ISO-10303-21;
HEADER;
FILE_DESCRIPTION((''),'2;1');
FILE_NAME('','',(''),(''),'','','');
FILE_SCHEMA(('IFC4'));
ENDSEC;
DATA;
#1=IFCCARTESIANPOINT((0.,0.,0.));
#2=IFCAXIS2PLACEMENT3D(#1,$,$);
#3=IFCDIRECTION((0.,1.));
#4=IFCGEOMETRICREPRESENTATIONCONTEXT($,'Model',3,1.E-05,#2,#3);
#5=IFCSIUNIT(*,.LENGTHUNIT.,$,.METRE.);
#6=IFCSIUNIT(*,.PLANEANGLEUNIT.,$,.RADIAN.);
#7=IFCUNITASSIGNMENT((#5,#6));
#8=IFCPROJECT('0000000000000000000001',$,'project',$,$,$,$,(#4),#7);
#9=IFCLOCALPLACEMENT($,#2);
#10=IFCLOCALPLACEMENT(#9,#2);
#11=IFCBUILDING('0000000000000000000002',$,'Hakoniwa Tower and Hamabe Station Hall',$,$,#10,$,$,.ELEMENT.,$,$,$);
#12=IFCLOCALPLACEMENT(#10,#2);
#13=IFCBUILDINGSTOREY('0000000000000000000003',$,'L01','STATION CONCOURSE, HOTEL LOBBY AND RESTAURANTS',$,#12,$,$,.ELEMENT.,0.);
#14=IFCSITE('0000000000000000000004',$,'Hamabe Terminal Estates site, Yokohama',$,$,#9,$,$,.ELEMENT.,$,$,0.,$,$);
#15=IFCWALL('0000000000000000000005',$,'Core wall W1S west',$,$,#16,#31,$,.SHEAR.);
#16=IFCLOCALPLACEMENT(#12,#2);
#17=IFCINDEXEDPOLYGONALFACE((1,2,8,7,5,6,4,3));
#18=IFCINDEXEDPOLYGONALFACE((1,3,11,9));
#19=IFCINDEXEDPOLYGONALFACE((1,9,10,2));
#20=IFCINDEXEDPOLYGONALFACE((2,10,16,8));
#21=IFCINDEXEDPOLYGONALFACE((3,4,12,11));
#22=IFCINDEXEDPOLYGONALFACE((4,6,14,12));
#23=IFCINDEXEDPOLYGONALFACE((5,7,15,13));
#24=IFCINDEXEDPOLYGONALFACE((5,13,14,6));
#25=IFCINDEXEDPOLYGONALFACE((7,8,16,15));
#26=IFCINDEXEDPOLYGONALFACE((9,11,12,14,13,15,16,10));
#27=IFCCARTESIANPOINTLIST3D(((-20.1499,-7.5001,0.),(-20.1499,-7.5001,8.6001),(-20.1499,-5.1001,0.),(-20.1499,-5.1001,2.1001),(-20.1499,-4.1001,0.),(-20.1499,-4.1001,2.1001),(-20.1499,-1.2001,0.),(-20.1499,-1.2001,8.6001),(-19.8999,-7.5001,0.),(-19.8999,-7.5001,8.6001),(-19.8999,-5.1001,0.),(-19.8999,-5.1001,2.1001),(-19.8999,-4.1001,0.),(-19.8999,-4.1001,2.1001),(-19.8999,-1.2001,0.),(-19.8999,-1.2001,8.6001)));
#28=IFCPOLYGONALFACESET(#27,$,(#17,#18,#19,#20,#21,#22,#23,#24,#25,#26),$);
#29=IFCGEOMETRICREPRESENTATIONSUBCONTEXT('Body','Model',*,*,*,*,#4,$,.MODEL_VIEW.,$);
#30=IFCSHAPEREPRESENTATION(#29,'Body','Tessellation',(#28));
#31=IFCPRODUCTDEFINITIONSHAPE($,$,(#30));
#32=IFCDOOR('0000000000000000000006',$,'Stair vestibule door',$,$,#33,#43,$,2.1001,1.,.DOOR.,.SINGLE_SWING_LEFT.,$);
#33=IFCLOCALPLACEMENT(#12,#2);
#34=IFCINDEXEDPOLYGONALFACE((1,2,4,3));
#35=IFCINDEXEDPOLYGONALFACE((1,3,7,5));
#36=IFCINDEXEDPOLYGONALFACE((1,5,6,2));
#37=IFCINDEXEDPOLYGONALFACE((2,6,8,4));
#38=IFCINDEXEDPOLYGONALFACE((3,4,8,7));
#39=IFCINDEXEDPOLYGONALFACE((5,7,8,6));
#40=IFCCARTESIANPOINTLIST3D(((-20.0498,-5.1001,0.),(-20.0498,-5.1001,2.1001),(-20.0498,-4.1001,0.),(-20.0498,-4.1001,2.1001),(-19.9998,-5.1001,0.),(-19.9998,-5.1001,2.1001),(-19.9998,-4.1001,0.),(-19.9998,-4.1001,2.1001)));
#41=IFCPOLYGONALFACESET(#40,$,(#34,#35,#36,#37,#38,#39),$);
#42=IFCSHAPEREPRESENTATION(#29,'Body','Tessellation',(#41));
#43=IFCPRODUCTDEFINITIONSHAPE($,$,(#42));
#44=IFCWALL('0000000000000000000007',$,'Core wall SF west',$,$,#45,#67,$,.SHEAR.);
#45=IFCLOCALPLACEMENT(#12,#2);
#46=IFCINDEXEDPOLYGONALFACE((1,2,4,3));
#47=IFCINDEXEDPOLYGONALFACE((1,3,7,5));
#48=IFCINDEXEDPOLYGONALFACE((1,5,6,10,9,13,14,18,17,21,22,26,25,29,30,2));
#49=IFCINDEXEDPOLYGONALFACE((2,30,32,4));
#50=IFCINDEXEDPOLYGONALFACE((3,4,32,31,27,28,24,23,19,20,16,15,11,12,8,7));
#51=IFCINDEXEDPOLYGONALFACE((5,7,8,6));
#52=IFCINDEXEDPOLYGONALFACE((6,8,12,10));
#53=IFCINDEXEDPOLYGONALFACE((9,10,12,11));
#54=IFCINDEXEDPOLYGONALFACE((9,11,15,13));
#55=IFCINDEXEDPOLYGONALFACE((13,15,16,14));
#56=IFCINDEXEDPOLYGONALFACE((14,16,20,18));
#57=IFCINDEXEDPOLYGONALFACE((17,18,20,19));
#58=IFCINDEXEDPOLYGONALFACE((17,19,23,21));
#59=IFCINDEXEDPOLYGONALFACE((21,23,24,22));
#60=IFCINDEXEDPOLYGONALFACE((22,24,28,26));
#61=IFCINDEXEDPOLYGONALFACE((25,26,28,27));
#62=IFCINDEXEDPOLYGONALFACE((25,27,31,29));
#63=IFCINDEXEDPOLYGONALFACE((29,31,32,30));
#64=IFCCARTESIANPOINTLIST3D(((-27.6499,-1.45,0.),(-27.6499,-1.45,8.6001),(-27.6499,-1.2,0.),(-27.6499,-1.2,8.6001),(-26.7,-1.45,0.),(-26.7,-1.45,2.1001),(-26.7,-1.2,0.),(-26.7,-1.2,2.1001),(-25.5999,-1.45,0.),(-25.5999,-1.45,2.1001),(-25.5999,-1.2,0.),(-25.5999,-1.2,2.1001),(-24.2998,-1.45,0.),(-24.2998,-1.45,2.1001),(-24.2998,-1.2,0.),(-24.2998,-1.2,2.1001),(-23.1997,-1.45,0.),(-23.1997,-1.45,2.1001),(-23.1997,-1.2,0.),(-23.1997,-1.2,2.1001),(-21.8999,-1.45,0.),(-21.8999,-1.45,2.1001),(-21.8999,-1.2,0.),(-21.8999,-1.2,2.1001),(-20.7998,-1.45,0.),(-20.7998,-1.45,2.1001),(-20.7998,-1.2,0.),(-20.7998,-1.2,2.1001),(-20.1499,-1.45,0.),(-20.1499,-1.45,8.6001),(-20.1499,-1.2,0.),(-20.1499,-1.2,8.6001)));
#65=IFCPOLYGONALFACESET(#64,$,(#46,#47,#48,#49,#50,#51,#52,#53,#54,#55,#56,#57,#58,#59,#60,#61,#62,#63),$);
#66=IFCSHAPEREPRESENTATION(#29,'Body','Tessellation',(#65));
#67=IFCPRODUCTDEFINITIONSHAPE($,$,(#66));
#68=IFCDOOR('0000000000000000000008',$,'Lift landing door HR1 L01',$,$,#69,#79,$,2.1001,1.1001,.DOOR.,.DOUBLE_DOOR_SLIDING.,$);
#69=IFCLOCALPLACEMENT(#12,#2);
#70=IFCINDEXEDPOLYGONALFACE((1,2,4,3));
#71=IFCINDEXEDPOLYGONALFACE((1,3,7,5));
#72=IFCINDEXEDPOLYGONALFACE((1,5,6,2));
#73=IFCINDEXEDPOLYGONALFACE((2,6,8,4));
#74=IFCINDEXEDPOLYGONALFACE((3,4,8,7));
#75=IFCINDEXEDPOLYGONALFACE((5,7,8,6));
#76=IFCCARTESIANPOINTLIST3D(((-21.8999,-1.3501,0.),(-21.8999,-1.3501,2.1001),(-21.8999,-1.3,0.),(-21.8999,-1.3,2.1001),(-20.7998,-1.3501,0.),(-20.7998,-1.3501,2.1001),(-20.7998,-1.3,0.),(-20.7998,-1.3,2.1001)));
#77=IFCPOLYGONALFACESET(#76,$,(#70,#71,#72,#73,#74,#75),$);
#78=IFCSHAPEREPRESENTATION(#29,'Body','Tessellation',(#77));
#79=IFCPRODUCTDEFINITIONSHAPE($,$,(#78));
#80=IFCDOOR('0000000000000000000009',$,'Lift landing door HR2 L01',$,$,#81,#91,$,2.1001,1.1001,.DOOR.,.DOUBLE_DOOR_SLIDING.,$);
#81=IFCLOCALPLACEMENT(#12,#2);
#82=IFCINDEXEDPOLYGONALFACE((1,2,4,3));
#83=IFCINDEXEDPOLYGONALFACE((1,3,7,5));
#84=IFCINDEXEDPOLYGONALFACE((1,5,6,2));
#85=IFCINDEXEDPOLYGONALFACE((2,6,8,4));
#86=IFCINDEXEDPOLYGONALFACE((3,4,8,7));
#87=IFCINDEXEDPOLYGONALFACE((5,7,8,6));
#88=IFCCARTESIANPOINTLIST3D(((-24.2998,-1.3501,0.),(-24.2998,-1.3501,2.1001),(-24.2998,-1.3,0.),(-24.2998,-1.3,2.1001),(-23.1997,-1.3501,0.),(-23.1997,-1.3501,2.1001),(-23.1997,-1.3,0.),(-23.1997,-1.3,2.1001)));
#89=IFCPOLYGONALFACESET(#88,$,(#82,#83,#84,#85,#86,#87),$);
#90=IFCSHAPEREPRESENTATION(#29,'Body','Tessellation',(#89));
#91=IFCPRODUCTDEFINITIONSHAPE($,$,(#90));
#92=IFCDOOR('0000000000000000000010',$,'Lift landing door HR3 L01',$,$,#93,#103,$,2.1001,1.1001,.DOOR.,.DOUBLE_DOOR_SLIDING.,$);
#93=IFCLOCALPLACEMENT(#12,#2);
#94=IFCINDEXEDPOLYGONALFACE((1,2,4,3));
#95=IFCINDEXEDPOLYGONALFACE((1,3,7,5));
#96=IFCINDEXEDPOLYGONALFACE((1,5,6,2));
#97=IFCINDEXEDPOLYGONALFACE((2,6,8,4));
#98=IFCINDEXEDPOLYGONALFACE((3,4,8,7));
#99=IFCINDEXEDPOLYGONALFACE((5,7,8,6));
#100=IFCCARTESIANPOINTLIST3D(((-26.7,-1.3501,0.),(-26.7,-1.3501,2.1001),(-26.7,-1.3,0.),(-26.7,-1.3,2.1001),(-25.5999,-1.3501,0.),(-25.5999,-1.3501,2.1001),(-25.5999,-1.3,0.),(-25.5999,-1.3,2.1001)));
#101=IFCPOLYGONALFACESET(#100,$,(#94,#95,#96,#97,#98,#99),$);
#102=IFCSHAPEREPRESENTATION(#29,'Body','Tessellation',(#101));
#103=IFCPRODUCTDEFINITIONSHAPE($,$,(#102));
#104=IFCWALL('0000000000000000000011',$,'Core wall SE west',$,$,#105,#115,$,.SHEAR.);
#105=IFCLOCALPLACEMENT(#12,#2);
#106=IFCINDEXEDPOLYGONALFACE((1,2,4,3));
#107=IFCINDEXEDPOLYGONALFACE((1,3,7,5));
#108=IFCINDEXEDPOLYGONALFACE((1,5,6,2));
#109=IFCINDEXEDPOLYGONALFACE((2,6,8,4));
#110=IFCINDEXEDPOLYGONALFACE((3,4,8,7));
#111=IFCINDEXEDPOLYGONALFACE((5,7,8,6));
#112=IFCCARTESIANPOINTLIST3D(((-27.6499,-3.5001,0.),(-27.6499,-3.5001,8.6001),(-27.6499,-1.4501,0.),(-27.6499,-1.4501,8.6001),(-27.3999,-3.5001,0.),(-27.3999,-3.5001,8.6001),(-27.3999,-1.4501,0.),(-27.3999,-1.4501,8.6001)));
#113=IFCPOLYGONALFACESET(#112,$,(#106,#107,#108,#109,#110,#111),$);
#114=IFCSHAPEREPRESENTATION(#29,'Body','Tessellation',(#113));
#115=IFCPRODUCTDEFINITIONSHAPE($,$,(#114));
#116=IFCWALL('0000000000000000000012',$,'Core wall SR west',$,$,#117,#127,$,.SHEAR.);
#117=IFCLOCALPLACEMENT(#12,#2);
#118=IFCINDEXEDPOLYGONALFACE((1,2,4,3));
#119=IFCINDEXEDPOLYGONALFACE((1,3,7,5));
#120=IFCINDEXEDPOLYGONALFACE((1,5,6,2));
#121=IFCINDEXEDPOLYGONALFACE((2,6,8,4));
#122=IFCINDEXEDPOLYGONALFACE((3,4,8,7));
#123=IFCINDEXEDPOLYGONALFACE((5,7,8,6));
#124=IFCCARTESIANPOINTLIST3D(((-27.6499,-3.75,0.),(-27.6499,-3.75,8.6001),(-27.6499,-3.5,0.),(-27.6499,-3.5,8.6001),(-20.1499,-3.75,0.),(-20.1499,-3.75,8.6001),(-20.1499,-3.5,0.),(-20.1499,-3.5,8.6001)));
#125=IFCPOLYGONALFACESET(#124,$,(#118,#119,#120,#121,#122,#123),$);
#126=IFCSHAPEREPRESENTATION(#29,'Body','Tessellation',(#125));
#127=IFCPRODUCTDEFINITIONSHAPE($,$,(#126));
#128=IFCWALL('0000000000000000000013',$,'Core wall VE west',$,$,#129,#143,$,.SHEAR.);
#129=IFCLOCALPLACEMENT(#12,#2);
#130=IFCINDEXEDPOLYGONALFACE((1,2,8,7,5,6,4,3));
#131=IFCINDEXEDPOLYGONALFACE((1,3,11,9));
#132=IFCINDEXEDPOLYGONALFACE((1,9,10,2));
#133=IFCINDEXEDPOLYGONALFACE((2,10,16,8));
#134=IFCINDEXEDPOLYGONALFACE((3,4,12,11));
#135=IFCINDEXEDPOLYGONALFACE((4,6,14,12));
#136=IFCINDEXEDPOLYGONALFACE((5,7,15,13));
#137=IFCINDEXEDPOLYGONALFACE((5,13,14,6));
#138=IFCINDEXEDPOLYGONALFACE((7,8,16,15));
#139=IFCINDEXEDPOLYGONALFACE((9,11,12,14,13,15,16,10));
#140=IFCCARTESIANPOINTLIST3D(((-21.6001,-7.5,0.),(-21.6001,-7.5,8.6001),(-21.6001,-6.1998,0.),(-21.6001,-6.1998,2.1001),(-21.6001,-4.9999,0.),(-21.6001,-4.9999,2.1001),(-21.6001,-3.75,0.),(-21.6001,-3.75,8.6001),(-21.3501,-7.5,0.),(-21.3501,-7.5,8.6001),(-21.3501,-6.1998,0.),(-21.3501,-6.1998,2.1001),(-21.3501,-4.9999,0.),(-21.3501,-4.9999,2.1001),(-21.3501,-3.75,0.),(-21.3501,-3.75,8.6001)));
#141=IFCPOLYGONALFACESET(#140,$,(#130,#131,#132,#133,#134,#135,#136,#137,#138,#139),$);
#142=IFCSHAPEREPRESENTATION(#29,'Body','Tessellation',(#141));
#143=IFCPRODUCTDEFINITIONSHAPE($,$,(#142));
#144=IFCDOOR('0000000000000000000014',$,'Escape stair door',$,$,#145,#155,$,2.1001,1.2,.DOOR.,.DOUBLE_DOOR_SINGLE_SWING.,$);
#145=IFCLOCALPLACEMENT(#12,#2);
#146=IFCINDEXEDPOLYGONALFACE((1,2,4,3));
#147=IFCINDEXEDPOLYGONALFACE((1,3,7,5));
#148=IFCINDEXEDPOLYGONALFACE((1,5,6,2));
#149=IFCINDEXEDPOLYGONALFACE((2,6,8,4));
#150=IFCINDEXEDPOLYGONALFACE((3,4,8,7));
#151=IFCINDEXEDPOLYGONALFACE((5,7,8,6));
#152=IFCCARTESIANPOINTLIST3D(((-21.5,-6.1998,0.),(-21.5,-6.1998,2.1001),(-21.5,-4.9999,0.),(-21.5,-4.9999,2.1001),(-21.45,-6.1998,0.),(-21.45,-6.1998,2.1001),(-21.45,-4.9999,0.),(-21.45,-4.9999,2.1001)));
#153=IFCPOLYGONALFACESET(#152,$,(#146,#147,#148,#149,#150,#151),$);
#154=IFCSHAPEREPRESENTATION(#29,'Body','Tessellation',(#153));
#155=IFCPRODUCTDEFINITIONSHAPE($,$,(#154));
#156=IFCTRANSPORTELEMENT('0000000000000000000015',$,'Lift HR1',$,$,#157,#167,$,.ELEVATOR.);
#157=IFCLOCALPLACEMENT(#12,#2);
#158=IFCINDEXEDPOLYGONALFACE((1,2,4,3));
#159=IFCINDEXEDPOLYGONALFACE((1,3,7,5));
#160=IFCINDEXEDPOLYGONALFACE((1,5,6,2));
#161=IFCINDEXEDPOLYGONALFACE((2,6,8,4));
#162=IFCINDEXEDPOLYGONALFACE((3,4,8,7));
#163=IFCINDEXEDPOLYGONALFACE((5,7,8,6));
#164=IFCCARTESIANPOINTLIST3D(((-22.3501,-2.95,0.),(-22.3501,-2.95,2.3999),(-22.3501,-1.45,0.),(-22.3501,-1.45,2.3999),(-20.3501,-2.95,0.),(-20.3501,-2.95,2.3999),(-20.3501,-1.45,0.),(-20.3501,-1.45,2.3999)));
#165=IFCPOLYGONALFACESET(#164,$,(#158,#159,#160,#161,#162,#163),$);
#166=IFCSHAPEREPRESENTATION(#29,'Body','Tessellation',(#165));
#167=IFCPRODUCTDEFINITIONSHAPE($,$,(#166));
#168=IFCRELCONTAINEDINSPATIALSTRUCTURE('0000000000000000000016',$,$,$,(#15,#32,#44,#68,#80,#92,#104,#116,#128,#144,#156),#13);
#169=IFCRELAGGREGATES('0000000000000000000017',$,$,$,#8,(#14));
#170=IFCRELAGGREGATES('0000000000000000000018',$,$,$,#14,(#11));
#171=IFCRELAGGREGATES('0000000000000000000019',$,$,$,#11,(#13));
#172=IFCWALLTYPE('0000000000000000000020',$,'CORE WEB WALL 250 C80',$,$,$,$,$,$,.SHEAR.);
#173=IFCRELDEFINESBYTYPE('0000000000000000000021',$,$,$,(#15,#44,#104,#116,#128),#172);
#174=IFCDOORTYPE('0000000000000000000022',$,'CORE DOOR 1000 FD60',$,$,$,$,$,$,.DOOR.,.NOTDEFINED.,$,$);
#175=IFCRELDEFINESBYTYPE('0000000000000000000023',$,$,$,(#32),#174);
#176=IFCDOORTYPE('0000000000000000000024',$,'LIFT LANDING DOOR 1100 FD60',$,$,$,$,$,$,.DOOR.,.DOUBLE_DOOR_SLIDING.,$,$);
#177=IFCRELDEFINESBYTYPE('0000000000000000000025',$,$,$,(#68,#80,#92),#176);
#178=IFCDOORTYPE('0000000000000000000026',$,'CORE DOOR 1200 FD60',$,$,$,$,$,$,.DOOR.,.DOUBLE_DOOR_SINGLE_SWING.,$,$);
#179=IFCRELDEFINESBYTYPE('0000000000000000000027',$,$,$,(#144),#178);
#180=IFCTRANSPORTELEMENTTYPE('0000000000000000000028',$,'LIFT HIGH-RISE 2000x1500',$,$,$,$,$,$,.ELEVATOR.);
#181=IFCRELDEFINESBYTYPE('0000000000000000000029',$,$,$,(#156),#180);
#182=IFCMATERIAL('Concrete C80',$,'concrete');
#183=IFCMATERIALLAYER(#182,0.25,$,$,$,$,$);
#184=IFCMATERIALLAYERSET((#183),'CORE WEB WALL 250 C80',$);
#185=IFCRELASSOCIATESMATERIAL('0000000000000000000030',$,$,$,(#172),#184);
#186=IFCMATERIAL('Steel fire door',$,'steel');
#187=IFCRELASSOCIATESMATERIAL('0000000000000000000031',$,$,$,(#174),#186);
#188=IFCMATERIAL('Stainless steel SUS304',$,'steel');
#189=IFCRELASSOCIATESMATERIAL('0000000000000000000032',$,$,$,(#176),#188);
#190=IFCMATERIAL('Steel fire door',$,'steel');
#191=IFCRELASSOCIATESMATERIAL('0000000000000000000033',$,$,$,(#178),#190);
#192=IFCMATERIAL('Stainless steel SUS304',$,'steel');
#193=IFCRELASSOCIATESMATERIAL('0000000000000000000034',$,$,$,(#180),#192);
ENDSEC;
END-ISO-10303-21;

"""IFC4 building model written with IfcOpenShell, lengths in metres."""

from ifc_helpers import new_model, si_unit, direction, frame, frame_2d, origin, origin_2d, place, context, subcontext, project, spatial, rectangle, extrude, material, layer, layer_set, type_object, element, fill, save


model = new_model("IFC4")

# Units and contexts
model_context = context("Model", 3, precision=1e-05, world=origin(), true_north=direction((0.0, 1.0)))
body_context = subcontext(model_context, "Body", "Model", "MODEL_VIEW")
ifc_project = project(units=[si_unit("LENGTHUNIT", "METRE"), si_unit("PLANEANGLEUNIT", "RADIAN")], contexts=[model_context])

# Site, building, storey
site_placement = place(None, origin())
site = spatial("IfcSite", under=ifc_project, at=site_placement, Name="Hamabe Terminal Estates site, Yokohama", CompositionType="ELEMENT", RefElevation=0.0)
building_placement = place(site_placement, origin())
building = spatial("IfcBuilding", under=site, at=building_placement, Name="Hakoniwa Tower and Hamabe Station Hall", CompositionType="ELEMENT")
storey_placement = place(building_placement, origin())
storey = spatial("IfcBuildingStorey", under=building, at=storey_placement, Name="L01", Description="STATION CONCOURSE, HOTEL LOBBY AND RESTAURANTS", CompositionType="ELEMENT", Elevation=0.0)

# Wall, opening, door
ifc_material_1 = material(Name="Concrete C80", Category="concrete")
ifc_layer = layer(ifc_material_1, 0.25)
ifc_layer_set = layer_set([ifc_layer], Name="CORE WEB WALL 250 C80")
wall_type = type_object("IfcWallType", Name="CORE WEB WALL 250 C80", PredefinedType="SHEAR", material=ifc_layer_set)
wall_1_placement = place(storey_placement, frame((-20.0249, -7.5, 0.0), z_axis=(0.0, 0.0, 1.0), x_axis=(0.0, 1.0, 0.0)))
wall_1 = element("IfcWall", 1, at=wall_1_placement, inside=storey, type_object=wall_type, Name="Core wall W1S west", PredefinedType="SHEAR", context=body_context, shape_type="SweptSolid", body=[
    extrude(rectangle(XDim=6.3, YDim=0.25, at=frame_2d((3.1499, 0.0))), origin(), (0.0, 0.0, 1.0), 8.6001),
])
opening_1_placement = place(wall_1_placement, frame((2.3999, 0.0, 0.0)))
opening_1 = element("IfcOpeningElement", 2, at=opening_1_placement, cuts=wall_1, PredefinedType="OPENING", context=body_context, shape_type="SweptSolid", body=[
    extrude(rectangle(XDim=1.0, YDim=2.1001, at=frame_2d((0.5, 1.05))), frame((0.0, 0.135, 0.0), z_axis=(0.0, -1.0, 0.0), x_axis=(1.0, 0.0, 0.0)), (0.0, 0.0, 1.0), 0.27),
])
ifc_material_2 = material(Name="Steel fire door", Category="steel")
door_type_1 = type_object("IfcDoorType", Name="CORE DOOR 1000 FD60", OperationType="NOTDEFINED", PredefinedType="DOOR", material=ifc_material_2)
door_1_placement = place(opening_1_placement, origin())
door_1 = element("IfcDoor", 3, at=door_1_placement, inside=storey, type_object=door_type_1, Name="Stair vestibule door", OperationType="SINGLE_SWING_LEFT", OverallHeight=2.1001, OverallWidth=1.0, PredefinedType="DOOR", context=body_context, shape_type="SweptSolid", body=[
    extrude(rectangle(XDim=1.0, YDim=2.1001, at=frame_2d((0.5, 1.05))), frame((0.0, 0.0249, 0.0), z_axis=(0.0, -1.0, 0.0), x_axis=(1.0, 0.0, 0.0)), (0.0, 0.0, 1.0), 0.05),
])
fill(opening_1, door_1)

# Wall, openings, doors
wall_2_placement = place(storey_placement, frame((-27.6499, -1.325, 0.0), z_axis=(0.0, 0.0, 1.0), x_axis=(1.0, 0.0, 0.0)))
wall_2 = element("IfcWall", 4, at=wall_2_placement, inside=storey, type_object=wall_type, Name="Core wall SF west", PredefinedType="SHEAR", context=body_context, shape_type="SweptSolid", body=[
    extrude(rectangle(XDim=7.5, YDim=0.25, at=frame_2d((3.75, 0.0))), origin(), (0.0, 0.0, 1.0), 8.6001),
])
opening_2_placement = place(wall_2_placement, frame((5.75, 0.0, 0.0)))
opening_2 = element("IfcOpeningElement", 5, at=opening_2_placement, cuts=wall_2, PredefinedType="OPENING", context=body_context, shape_type="SweptSolid", body=[
    extrude(rectangle(XDim=1.1001, YDim=2.1001, at=frame_2d((0.55, 1.05))), frame((0.0, 0.135, 0.0), z_axis=(0.0, -1.0, 0.0), x_axis=(1.0, 0.0, 0.0)), (0.0, 0.0, 1.0), 0.27),
])
opening_3_placement = place(wall_2_placement, frame((3.3501, 0.0, 0.0)))
opening_3 = element("IfcOpeningElement", 6, at=opening_3_placement, cuts=wall_2, PredefinedType="OPENING", context=body_context, shape_type="SweptSolid", body=[
    extrude(rectangle(XDim=1.1001, YDim=2.1001, at=frame_2d((0.55, 1.05))), frame((0.0, 0.135, 0.0), z_axis=(0.0, -1.0, 0.0), x_axis=(1.0, 0.0, 0.0)), (0.0, 0.0, 1.0), 0.27),
])
opening_4_placement = place(wall_2_placement, frame((0.95, 0.0, 0.0)))
opening_4 = element("IfcOpeningElement", 7, at=opening_4_placement, cuts=wall_2, PredefinedType="OPENING", context=body_context, shape_type="SweptSolid", body=[
    extrude(rectangle(XDim=1.1001, YDim=2.1001, at=frame_2d((0.55, 1.05))), frame((0.0, 0.135, 0.0), z_axis=(0.0, -1.0, 0.0), x_axis=(1.0, 0.0, 0.0)), (0.0, 0.0, 1.0), 0.27),
])
ifc_material_3 = material(Name="Stainless steel SUS304", Category="steel")
door_type_2 = type_object("IfcDoorType", Name="LIFT LANDING DOOR 1100 FD60", OperationType="DOUBLE_DOOR_SLIDING", PredefinedType="DOOR", material=ifc_material_3)
door_2_placement = place(opening_2_placement, origin())
door_2 = element("IfcDoor", 8, at=door_2_placement, inside=storey, type_object=door_type_2, Name="Lift landing door HR1 L01", OperationType="DOUBLE_DOOR_SLIDING", OverallHeight=2.1001, OverallWidth=1.1001, PredefinedType="DOOR", context=body_context, shape_type="SweptSolid", body=[
    extrude(rectangle(XDim=1.1001, YDim=2.1001, at=frame_2d((0.55, 1.05))), frame((0.0, 0.0249, 0.0), z_axis=(0.0, -1.0, 0.0), x_axis=(1.0, 0.0, 0.0)), (0.0, 0.0, 1.0), 0.05),
])
fill(opening_2, door_2)
door_3_placement = place(opening_3_placement, origin())
door_3 = element("IfcDoor", 9, at=door_3_placement, inside=storey, type_object=door_type_2, Name="Lift landing door HR2 L01", OperationType="DOUBLE_DOOR_SLIDING", OverallHeight=2.1001, OverallWidth=1.1001, PredefinedType="DOOR", context=body_context, shape_type="SweptSolid", body=[
    extrude(rectangle(XDim=1.1001, YDim=2.1001, at=frame_2d((0.55, 1.05))), frame((0.0, 0.0249, 0.0), z_axis=(0.0, -1.0, 0.0), x_axis=(1.0, 0.0, 0.0)), (0.0, 0.0, 1.0), 0.05),
])
fill(opening_3, door_3)
door_4_placement = place(opening_4_placement, origin())
door_4 = element("IfcDoor", 10, at=door_4_placement, inside=storey, type_object=door_type_2, Name="Lift landing door HR3 L01", OperationType="DOUBLE_DOOR_SLIDING", OverallHeight=2.1001, OverallWidth=1.1001, PredefinedType="DOOR", context=body_context, shape_type="SweptSolid", body=[
    extrude(rectangle(XDim=1.1001, YDim=2.1001, at=frame_2d((0.55, 1.05))), frame((0.0, 0.0249, 0.0), z_axis=(0.0, -1.0, 0.0), x_axis=(1.0, 0.0, 0.0)), (0.0, 0.0, 1.0), 0.05),
])
fill(opening_4, door_4)

# Walls
wall_3_placement = place(storey_placement, frame((-27.5249, -3.5, 0.0), z_axis=(0.0, 0.0, 1.0), x_axis=(0.0, 1.0, 0.0)))
element("IfcWall", 11, at=wall_3_placement, inside=storey, type_object=wall_type, Name="Core wall SE west", PredefinedType="SHEAR", context=body_context, shape_type="SweptSolid", body=[
    extrude(rectangle(XDim=2.05, YDim=0.25, at=frame_2d((1.0249, 0.0))), origin(), (0.0, 0.0, 1.0), 8.6001),
])
wall_4_placement = place(storey_placement, frame((-27.6499, -3.625, 0.0), z_axis=(0.0, 0.0, 1.0), x_axis=(1.0, 0.0, 0.0)))
element("IfcWall", 12, at=wall_4_placement, inside=storey, type_object=wall_type, Name="Core wall SR west", PredefinedType="SHEAR", context=body_context, shape_type="SweptSolid", body=[
    extrude(rectangle(XDim=7.5, YDim=0.25, at=frame_2d((3.75, 0.0))), origin(), (0.0, 0.0, 1.0), 8.6001),
])

# Wall, opening, door
wall_5_placement = place(storey_placement, frame((-21.4751, -7.5, 0.0), z_axis=(0.0, 0.0, 1.0), x_axis=(0.0, 1.0, 0.0)))
wall_5 = element("IfcWall", 13, at=wall_5_placement, inside=storey, type_object=wall_type, Name="Core wall VE west", PredefinedType="SHEAR", context=body_context, shape_type="SweptSolid", body=[
    extrude(rectangle(XDim=3.75, YDim=0.25, at=frame_2d((1.875, 0.0))), origin(), (0.0, 0.0, 1.0), 8.6001),
])
opening_5_placement = place(wall_5_placement, frame((1.3, 0.0, 0.0)))
opening_5 = element("IfcOpeningElement", 14, at=opening_5_placement, cuts=wall_5, PredefinedType="OPENING", context=body_context, shape_type="SweptSolid", body=[
    extrude(rectangle(XDim=1.2, YDim=2.1001, at=frame_2d((0.6001, 1.05))), frame((0.0, 0.135, 0.0), z_axis=(0.0, -1.0, 0.0), x_axis=(1.0, 0.0, 0.0)), (0.0, 0.0, 1.0), 0.27),
])
ifc_material_4 = material(Name="Steel fire door", Category="steel")
door_type_3 = type_object("IfcDoorType", Name="CORE DOOR 1200 FD60", OperationType="DOUBLE_DOOR_SINGLE_SWING", PredefinedType="DOOR", material=ifc_material_4)
door_5_placement = place(opening_5_placement, origin())
door_5 = element("IfcDoor", 15, at=door_5_placement, inside=storey, type_object=door_type_3, Name="Escape stair door", OperationType="DOUBLE_DOOR_SINGLE_SWING", OverallHeight=2.1001, OverallWidth=1.2, PredefinedType="DOOR", context=body_context, shape_type="SweptSolid", body=[
    extrude(rectangle(XDim=1.2, YDim=2.1001, at=frame_2d((0.6001, 1.05))), frame((0.0, 0.0249, 0.0), z_axis=(0.0, -1.0, 0.0), x_axis=(1.0, 0.0, 0.0)), (0.0, 0.0, 1.0), 0.05),
])
fill(opening_5, door_5)

# Transport element
ifc_material_5 = material(Name="Stainless steel SUS304", Category="steel")
transport_element_type = type_object("IfcTransportElementType", Name="LIFT HIGH-RISE 2000x1500", PredefinedType="ELEVATOR", material=ifc_material_5)
for number, where, z_axis, x_axis, name in (
    (16, (-21.3501, -2.2, 0.0), (0.0, 0.0, 1.0), (1.0, 0.0, 0.0), "Lift HR1"),
):
    element("IfcTransportElement", number, at=place(storey_placement, frame(where, z_axis=z_axis, x_axis=x_axis)), inside=storey, type_object=transport_element_type, Name=name, PredefinedType="ELEVATOR", context=body_context, shape_type="SweptSolid", body=[
        extrude(rectangle(XDim=2.0, YDim=1.5, at=origin_2d()), origin(), (0.0, 0.0, 1.0), 2.3999),
    ])

save(model, "model.ifc")
